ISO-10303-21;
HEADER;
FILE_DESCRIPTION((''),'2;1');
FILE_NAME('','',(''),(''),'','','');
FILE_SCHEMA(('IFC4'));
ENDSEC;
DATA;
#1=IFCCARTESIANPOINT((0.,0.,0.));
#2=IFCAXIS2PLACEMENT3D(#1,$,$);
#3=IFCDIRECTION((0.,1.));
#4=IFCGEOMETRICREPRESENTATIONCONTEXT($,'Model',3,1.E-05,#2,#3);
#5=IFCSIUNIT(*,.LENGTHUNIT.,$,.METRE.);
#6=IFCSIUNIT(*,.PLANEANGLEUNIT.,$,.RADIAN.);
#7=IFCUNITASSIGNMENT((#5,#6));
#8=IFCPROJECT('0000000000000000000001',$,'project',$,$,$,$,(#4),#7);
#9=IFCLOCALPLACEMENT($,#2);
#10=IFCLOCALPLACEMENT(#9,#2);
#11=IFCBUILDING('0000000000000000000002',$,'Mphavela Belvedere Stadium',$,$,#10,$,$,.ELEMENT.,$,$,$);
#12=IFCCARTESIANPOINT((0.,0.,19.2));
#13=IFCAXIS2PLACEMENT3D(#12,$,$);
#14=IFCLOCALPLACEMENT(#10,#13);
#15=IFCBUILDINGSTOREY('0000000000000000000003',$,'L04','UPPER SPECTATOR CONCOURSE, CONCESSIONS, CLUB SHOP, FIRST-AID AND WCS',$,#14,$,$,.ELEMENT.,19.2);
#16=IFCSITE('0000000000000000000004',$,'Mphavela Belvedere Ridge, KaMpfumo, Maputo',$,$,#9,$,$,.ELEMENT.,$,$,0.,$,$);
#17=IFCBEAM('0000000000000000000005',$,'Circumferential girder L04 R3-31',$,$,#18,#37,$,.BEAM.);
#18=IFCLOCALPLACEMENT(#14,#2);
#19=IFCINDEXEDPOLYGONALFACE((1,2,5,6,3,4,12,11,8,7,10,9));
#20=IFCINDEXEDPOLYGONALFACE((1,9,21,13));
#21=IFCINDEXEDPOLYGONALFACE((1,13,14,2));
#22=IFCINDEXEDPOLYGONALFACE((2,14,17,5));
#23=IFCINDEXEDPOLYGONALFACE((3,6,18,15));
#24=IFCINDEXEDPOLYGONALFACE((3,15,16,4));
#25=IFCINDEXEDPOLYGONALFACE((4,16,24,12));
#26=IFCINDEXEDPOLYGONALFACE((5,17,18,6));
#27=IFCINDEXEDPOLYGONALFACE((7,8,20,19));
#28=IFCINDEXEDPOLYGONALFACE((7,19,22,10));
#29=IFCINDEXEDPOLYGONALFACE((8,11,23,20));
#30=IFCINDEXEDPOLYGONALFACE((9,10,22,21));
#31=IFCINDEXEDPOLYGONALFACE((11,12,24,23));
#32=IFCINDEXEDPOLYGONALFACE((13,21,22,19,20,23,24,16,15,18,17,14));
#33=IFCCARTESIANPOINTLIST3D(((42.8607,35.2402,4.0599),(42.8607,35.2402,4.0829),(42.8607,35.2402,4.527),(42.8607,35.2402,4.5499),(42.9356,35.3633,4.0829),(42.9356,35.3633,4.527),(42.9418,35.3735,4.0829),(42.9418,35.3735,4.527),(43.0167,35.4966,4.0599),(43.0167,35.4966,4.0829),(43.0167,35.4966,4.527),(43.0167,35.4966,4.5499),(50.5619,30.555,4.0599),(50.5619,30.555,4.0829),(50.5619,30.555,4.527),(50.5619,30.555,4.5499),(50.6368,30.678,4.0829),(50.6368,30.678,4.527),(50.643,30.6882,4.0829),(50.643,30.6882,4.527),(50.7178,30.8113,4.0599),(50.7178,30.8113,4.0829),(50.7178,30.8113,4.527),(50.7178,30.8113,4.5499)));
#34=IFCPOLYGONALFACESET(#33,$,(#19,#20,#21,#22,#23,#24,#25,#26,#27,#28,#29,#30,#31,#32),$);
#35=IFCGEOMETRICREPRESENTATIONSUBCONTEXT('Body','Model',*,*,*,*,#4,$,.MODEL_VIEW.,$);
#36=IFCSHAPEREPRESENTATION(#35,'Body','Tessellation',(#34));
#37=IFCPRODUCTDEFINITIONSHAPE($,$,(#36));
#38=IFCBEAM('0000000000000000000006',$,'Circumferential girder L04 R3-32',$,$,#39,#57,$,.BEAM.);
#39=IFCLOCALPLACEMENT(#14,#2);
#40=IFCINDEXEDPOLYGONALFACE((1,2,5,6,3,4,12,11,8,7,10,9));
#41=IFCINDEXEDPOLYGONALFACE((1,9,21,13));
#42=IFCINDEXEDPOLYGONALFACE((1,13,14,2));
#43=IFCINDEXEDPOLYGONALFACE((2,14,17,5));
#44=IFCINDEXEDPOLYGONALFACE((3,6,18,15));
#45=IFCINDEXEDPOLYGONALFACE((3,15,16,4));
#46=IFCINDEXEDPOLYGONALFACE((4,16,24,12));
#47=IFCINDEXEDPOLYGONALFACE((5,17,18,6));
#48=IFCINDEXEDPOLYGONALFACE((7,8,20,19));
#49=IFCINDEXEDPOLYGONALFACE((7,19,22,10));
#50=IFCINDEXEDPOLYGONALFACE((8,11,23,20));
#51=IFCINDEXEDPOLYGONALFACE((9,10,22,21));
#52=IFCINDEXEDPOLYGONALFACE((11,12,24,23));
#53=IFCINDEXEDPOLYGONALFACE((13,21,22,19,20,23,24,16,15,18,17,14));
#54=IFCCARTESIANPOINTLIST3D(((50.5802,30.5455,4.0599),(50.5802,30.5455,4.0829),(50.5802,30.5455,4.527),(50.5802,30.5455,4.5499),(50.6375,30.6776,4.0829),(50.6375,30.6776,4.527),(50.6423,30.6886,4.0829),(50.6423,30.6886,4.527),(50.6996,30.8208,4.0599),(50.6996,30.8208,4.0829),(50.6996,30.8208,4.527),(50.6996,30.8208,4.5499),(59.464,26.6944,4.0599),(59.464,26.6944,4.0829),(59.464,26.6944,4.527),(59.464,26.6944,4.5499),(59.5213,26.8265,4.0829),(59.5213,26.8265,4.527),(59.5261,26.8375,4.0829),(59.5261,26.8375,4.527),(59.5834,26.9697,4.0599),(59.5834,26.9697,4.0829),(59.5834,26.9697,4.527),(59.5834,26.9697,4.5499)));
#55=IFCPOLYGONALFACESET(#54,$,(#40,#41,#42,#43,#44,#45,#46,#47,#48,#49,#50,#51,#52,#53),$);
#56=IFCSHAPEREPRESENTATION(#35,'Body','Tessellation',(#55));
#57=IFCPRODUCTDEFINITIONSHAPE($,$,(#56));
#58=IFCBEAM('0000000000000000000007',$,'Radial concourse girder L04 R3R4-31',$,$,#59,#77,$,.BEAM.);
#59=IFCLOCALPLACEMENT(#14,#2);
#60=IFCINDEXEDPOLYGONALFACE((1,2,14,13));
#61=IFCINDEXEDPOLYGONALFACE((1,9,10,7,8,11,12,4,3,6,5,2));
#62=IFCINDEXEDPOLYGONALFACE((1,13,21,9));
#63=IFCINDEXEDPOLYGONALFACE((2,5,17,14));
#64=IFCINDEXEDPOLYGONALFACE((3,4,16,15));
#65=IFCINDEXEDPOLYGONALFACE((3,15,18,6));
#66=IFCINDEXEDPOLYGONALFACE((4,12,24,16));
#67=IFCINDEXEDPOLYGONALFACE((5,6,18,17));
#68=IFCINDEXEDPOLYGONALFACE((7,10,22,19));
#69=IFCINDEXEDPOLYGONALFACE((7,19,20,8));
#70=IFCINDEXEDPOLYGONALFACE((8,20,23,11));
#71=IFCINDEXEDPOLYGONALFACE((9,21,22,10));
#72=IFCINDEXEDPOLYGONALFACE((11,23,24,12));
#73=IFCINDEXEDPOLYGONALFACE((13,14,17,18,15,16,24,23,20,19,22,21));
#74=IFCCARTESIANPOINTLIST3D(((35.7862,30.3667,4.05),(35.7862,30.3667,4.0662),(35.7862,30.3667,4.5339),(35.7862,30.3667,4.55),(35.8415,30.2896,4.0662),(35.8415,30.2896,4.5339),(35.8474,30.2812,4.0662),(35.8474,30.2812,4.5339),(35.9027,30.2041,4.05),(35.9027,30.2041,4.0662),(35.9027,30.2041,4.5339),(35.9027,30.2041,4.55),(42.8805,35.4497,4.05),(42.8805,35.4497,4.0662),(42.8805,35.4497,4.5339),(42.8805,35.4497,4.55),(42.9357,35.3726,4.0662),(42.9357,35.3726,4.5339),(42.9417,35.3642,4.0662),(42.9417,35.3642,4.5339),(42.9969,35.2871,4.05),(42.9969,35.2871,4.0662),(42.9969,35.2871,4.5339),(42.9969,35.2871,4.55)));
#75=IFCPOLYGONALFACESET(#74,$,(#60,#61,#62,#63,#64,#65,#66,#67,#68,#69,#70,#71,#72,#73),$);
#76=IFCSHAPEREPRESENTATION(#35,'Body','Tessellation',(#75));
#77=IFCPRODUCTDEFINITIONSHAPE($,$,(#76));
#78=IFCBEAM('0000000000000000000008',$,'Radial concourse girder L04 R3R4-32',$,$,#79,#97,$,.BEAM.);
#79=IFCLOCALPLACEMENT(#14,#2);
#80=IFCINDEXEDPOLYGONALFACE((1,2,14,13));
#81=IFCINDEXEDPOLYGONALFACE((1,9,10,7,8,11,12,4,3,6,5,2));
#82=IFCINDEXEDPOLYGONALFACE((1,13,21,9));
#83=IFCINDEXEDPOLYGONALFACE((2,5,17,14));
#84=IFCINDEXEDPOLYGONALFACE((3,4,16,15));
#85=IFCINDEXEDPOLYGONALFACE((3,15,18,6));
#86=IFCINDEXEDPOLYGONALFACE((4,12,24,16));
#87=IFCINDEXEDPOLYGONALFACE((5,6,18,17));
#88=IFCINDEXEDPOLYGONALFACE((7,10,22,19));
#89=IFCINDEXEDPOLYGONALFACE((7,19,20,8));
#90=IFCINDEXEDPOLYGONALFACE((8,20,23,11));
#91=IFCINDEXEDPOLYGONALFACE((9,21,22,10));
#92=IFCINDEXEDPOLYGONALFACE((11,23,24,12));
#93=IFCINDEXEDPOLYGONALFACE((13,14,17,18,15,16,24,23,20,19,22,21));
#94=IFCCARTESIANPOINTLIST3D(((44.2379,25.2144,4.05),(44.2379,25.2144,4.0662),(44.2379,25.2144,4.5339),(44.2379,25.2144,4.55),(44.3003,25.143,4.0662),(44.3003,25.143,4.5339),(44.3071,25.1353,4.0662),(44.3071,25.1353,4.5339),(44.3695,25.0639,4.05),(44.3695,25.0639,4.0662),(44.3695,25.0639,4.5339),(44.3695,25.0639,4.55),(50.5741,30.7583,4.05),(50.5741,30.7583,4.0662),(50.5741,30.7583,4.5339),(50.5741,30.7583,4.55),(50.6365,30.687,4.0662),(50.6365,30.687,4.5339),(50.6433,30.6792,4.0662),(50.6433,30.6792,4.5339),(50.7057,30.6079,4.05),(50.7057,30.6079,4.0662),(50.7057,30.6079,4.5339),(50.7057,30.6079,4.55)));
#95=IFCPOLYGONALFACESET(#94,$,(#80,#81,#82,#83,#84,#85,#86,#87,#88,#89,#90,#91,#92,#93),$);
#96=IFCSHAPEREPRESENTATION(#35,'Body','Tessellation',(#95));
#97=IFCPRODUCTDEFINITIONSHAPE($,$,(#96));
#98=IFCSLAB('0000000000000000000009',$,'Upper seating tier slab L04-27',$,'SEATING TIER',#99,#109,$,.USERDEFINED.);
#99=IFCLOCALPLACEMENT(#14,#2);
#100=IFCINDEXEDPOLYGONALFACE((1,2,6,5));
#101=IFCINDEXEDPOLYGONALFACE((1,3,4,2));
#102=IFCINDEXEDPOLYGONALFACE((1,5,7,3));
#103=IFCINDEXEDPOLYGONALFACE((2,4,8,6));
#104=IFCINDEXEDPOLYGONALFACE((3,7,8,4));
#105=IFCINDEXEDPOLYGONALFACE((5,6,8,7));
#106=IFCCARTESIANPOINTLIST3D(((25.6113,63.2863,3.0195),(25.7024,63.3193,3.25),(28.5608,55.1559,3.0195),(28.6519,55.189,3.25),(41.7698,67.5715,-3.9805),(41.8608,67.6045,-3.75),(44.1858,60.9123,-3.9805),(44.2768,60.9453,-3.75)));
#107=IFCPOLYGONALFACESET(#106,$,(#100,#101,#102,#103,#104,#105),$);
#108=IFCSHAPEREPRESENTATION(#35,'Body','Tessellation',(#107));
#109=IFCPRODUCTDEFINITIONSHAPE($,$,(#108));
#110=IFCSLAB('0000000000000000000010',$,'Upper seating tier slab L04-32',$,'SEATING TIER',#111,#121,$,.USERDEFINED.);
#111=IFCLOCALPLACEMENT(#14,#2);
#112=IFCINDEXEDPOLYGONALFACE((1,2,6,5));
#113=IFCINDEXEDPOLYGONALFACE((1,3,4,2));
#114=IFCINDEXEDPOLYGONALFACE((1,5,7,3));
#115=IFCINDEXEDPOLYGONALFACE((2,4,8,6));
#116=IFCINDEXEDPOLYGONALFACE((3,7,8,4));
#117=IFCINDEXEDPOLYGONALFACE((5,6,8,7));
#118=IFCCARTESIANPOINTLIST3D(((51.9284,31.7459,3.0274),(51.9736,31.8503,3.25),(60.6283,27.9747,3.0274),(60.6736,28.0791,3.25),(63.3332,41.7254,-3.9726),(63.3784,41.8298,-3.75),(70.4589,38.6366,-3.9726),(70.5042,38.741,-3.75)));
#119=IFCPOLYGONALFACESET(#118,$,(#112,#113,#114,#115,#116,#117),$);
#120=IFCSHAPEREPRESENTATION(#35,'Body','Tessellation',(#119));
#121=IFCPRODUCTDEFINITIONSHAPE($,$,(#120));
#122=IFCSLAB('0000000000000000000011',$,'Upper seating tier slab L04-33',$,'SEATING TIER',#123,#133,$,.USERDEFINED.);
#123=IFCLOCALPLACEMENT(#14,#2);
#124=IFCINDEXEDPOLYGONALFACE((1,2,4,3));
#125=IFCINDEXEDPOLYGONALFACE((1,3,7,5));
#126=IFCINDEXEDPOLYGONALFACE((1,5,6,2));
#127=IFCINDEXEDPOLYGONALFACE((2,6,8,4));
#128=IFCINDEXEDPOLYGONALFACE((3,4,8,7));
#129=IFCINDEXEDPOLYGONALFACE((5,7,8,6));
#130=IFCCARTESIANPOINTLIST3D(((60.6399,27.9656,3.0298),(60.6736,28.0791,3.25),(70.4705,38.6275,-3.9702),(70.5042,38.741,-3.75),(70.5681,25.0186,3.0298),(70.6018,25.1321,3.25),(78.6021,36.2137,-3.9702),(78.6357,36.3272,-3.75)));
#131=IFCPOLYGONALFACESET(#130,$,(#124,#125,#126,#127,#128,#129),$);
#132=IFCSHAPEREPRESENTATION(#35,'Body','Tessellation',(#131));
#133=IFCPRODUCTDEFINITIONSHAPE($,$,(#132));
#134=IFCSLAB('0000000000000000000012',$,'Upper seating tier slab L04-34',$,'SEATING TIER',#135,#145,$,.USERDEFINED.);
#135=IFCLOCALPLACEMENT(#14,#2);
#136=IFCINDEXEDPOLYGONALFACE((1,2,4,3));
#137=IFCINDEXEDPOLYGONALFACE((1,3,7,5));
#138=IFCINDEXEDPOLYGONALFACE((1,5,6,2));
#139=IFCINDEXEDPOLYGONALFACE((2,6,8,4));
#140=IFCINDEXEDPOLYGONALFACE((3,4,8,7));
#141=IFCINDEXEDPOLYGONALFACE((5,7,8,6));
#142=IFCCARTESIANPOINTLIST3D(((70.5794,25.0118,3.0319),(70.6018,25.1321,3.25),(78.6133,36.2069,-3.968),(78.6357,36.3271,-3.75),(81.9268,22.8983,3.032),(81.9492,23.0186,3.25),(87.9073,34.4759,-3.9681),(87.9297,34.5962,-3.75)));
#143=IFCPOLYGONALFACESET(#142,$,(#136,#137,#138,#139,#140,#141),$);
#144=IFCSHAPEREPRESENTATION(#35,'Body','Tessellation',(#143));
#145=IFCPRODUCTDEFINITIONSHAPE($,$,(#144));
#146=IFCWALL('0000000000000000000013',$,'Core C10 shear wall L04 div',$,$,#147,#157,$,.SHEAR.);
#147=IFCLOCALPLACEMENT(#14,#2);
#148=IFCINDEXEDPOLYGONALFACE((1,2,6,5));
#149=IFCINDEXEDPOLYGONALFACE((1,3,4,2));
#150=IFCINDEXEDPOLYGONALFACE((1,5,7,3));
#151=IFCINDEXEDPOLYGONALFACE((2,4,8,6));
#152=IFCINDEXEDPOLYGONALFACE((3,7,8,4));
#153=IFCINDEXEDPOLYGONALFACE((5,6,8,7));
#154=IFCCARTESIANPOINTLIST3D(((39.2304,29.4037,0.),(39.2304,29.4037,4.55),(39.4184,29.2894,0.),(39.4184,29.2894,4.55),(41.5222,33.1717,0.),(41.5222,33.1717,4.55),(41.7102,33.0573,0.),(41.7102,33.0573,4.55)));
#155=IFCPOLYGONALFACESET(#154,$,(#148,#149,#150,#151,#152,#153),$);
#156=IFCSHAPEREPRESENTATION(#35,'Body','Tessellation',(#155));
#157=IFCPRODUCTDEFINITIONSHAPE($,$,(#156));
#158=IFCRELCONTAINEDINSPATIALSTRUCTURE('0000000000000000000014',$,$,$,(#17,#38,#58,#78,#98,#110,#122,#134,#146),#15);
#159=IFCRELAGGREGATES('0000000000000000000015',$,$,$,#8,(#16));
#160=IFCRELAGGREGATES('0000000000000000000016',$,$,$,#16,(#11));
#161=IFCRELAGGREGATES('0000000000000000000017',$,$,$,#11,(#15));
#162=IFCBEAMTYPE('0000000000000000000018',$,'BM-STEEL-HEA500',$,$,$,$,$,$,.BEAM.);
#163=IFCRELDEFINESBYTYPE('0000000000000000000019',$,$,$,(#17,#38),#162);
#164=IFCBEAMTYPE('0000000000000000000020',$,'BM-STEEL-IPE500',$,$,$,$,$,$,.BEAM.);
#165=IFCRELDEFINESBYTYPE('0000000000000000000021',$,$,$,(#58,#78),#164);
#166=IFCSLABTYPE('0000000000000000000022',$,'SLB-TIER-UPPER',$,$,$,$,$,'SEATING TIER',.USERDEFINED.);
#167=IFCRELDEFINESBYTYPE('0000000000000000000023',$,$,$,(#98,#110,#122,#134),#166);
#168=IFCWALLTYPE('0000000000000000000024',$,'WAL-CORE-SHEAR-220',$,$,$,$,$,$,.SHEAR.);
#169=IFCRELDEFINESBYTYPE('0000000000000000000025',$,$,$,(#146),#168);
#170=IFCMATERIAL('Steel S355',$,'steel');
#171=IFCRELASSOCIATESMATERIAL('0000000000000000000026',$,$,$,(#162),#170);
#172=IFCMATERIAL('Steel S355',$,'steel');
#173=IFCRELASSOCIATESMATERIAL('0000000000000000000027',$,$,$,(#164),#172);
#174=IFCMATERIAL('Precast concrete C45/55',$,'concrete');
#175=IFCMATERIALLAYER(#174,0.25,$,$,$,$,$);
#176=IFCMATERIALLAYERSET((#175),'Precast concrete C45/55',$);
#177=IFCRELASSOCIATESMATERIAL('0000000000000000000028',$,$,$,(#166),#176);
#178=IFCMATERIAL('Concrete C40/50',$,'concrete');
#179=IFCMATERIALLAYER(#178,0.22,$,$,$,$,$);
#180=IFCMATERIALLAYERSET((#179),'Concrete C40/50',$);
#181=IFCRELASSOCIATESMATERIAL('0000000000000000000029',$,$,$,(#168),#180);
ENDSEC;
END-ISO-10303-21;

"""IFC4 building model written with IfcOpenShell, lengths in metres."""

from ifc_helpers import new_model, si_unit, direction, frame, frame_2d, origin, origin_2d, place, context, subcontext, project, spatial, polyline, rectangle, i_section, outline, extrude, material, layer, layer_set, material_profile, profile_set, type_object, element, save


model = new_model("IFC4")

# Units and contexts
model_context = context("Model", 3, precision=1e-05, world=origin(), true_north=direction((0.0, 1.0)))
body_context = subcontext(model_context, "Body", "Model", "MODEL_VIEW")
ifc_project = project(units=[si_unit("LENGTHUNIT", "METRE"), si_unit("PLANEANGLEUNIT", "RADIAN")], contexts=[model_context])

# Site, building, storey
site_placement = place(None, origin())
site = spatial("IfcSite", under=ifc_project, at=site_placement, Name="Mphavela Belvedere Ridge, KaMpfumo, Maputo", CompositionType="ELEMENT", RefElevation=0.0)
building_placement = place(site_placement, origin())
building = spatial("IfcBuilding", under=site, at=building_placement, Name="Mphavela Belvedere Stadium", CompositionType="ELEMENT")
storey_placement = place(building_placement, frame((0.0, 0.0, 19.2)))
storey = spatial("IfcBuildingStorey", under=building, at=storey_placement, Name="L04", Description="UPPER SPECTATOR CONCOURSE, CONCESSIONS, CLUB SHOP, FIRST-AID AND WCS", CompositionType="ELEMENT", Elevation=19.2)

# Beams
ifc_material_1 = material(Name="Steel S355", Category="steel")
ifc_material_profile_1 = material_profile(ifc_material_1, i_section(OverallWidth=0.3, OverallDepth=0.49, WebThickness=0.012, FlangeThickness=0.0229, at=origin_2d()), Name="HEA 500")
ifc_profile_set_1 = profile_set([ifc_material_profile_1], Name="Steel S355")
beam_type_1 = type_object("IfcBeamType", Name="BM-STEEL-HEA500", PredefinedType="BEAM", material=ifc_profile_set_1)
beam_1_placement = place(storey_placement, frame((42.9387, 35.3684, 4.3049), z_axis=(0.854315, -0.519755, 0.0), x_axis=(0.519755, 0.854315, 0.0)))
element("IfcBeam", 1, at=beam_1_placement, inside=storey, type_object=beam_type_1, Name="Circumferential girder L04 R3-31", PredefinedType="BEAM", context=body_context, shape_type="SweptSolid", body=[
    extrude(i_section(OverallWidth=0.3, OverallDepth=0.49, WebThickness=0.012, FlangeThickness=0.0229, at=origin_2d()), origin(), (0.0, 0.0, 1.0), 9.0144),
])
beam_2_placement = place(storey_placement, frame((50.6399, 30.6831, 4.3049), z_axis=(0.917502, -0.397732, 0.0), x_axis=(0.397732, 0.917502, 0.0)))
element("IfcBeam", 2, at=beam_2_placement, inside=storey, type_object=beam_type_1, Name="Circumferential girder L04 R3-32", PredefinedType="BEAM", context=body_context, shape_type="SweptSolid", body=[
    extrude(i_section(OverallWidth=0.3, OverallDepth=0.49, WebThickness=0.012, FlangeThickness=0.0229, at=origin_2d()), origin(), (0.0, 0.0, 1.0), 9.6826),
])
ifc_material_2 = material(Name="Steel S355", Category="steel")
ifc_material_profile_2 = material_profile(ifc_material_2, i_section(OverallWidth=0.2, OverallDepth=0.5, WebThickness=0.0103, FlangeThickness=0.0161, at=origin_2d()), Name="IPE 500")
ifc_profile_set_2 = profile_set([ifc_material_profile_2], Name="Steel S355")
beam_type_2 = type_object("IfcBeamType", Name="BM-STEEL-IPE500", PredefinedType="BEAM", material=ifc_profile_set_2)
beam_3_placement = place(storey_placement, frame((42.9387, 35.3684, 4.3), z_axis=(-0.812882, -0.582428, 0.0), x_axis=(0.582428, -0.812882, 0.0)))
element("IfcBeam", 3, at=beam_3_placement, inside=storey, type_object=beam_type_2, Name="Radial concourse girder L04 R3R4-31", PredefinedType="BEAM", context=body_context, shape_type="SweptSolid", body=[
    extrude(i_section(OverallWidth=0.2, OverallDepth=0.5, WebThickness=0.0103, FlangeThickness=0.0161, at=origin_2d()), origin(), (0.0, 0.0, 1.0), 8.7273),
])
beam_4_placement = place(storey_placement, frame((50.6399, 30.6831, 4.3), z_axis=(-0.752589, -0.65849, 0.0), x_axis=(0.65849, -0.752589, 0.0)))
element("IfcBeam", 4, at=beam_4_placement, inside=storey, type_object=beam_type_2, Name="Radial concourse girder L04 R3R4-32", PredefinedType="BEAM", context=body_context, shape_type="SweptSolid", body=[
    extrude(i_section(OverallWidth=0.2, OverallDepth=0.5, WebThickness=0.0103, FlangeThickness=0.0161, at=origin_2d()), origin(), (0.0, 0.0, 1.0), 8.4192),
])

# Slabs
ifc_material_3 = material(Name="Precast concrete C45/55", Category="concrete")
ifc_layer_1 = layer(ifc_material_3, 0.25)
ifc_layer_set_1 = layer_set([ifc_layer_1], Name="Precast concrete C45/55")
slab_type = type_object("IfcSlabType", Name="SLB-TIER-UPPER", ElementType="SEATING TIER", PredefinedType="USERDEFINED", material=ifc_layer_set_1)
slab_1_placement = place(storey_placement, frame((41.8608, 67.6045, -3.75), z_axis=(0.364304, 0.132165, 0.921854), x_axis=(0.341054, -0.940044, -0.000007)))
element("IfcSlab", 5, at=slab_1_placement, inside=storey, type_object=slab_type, Name="Upper seating tier slab L04-27", ObjectType="SEATING TIER", PredefinedType="USERDEFINED", context=body_context, shape_type="SweptSolid", body=[
    extrude(outline(polyline([(0.0, 0.0), (7.0839, 0.0), (7.1661, -18.0629), (-1.4827, -18.0627), (0.0, 0.0)])), origin(), (0.0, 0.0, -1.0), 0.25),
])
slab_2_placement = place(storey_placement, frame((63.3784, 41.8298, -3.75), z_axis=(0.181044, 0.417652, 0.890388), x_axis=(0.917506, -0.397721, 0.0)))
element("IfcSlab", 6, at=slab_2_placement, inside=storey, type_object=slab_type, Name="Upper seating tier slab L04-32", ObjectType="SEATING TIER", PredefinedType="USERDEFINED", context=body_context, shape_type="SweptSolid", body=[
    extrude(outline(polyline([(0.0, 0.0), (7.7664, 0.0), (2.9873, -15.3777), (-6.4949, -15.3778), (0.0, 0.0)])), origin(), (0.0, 0.0, -1.0), 0.25),
])
slab_3_placement = place(storey_placement, frame((70.5042, 38.741, -3.75), z_axis=(0.134764, 0.453999, 0.880752), x_axis=(0.958655, -0.28457, 0.000002)))
element("IfcSlab", 7, at=slab_3_placement, inside=storey, type_object=slab_type, Name="Upper seating tier slab L04-33", ObjectType="SEATING TIER", PredefinedType="USERDEFINED", context=body_context, shape_type="SweptSolid", body=[
    extrude(outline(polyline([(0.0, 0.0), (8.4823, 0.0), (3.9663, -14.7811), (-6.3901, -14.7812), (0.0, 0.0)])), origin(), (0.0, 0.0, -1.0), 0.25),
])
slab_4_placement = place(storey_placement, frame((78.6357, 36.3271, -3.75), z_axis=(0.089591, 0.48102, 0.87212), x_axis=(0.983095, -0.183098, -0.000002)))
element("IfcSlab", 8, at=slab_4_placement, inside=storey, type_object=slab_type, Name="Upper seating tier slab L04-34", ObjectType="SEATING TIER", PredefinedType="USERDEFINED", context=body_context, shape_type="SweptSolid", body=[
    extrude(outline(polyline([(0.0, 0.0), (9.4538, 0.0), (5.6942, -14.3064), (-5.8483, -14.3063), (0.0, 0.0)])), origin(), (0.0, 0.0, -1.0), 0.25),
])

# Wall
ifc_material_4 = material(Name="Concrete C40/50", Category="concrete")
ifc_layer_2 = layer(ifc_material_4, 0.22)
ifc_layer_set_2 = layer_set([ifc_layer_2], Name="Concrete C40/50")
wall_type_1 = type_object("IfcWallType", Name="WAL-CORE-SHEAR-220", PredefinedType="SHEAR", material=ifc_layer_set_2)
wall_1_placement = place(storey_placement, frame((41.6162, 33.1145, 0.0), z_axis=(0.0, 0.0, 1.0), x_axis=(-0.519664, -0.854371, 0.0)))
element("IfcWall", 9, at=wall_1_placement, inside=storey, type_object=wall_type_1, Name="Core C10 shear wall L04 div", PredefinedType="SHEAR", context=body_context, shape_type="SweptSolid", body=[
    extrude(rectangle(XDim=4.4102, YDim=0.22, at=frame_2d((2.2051, 0.0))), origin(), (0.0, 0.0, 1.0), 4.55),
])

save(model, "model.ifc")
